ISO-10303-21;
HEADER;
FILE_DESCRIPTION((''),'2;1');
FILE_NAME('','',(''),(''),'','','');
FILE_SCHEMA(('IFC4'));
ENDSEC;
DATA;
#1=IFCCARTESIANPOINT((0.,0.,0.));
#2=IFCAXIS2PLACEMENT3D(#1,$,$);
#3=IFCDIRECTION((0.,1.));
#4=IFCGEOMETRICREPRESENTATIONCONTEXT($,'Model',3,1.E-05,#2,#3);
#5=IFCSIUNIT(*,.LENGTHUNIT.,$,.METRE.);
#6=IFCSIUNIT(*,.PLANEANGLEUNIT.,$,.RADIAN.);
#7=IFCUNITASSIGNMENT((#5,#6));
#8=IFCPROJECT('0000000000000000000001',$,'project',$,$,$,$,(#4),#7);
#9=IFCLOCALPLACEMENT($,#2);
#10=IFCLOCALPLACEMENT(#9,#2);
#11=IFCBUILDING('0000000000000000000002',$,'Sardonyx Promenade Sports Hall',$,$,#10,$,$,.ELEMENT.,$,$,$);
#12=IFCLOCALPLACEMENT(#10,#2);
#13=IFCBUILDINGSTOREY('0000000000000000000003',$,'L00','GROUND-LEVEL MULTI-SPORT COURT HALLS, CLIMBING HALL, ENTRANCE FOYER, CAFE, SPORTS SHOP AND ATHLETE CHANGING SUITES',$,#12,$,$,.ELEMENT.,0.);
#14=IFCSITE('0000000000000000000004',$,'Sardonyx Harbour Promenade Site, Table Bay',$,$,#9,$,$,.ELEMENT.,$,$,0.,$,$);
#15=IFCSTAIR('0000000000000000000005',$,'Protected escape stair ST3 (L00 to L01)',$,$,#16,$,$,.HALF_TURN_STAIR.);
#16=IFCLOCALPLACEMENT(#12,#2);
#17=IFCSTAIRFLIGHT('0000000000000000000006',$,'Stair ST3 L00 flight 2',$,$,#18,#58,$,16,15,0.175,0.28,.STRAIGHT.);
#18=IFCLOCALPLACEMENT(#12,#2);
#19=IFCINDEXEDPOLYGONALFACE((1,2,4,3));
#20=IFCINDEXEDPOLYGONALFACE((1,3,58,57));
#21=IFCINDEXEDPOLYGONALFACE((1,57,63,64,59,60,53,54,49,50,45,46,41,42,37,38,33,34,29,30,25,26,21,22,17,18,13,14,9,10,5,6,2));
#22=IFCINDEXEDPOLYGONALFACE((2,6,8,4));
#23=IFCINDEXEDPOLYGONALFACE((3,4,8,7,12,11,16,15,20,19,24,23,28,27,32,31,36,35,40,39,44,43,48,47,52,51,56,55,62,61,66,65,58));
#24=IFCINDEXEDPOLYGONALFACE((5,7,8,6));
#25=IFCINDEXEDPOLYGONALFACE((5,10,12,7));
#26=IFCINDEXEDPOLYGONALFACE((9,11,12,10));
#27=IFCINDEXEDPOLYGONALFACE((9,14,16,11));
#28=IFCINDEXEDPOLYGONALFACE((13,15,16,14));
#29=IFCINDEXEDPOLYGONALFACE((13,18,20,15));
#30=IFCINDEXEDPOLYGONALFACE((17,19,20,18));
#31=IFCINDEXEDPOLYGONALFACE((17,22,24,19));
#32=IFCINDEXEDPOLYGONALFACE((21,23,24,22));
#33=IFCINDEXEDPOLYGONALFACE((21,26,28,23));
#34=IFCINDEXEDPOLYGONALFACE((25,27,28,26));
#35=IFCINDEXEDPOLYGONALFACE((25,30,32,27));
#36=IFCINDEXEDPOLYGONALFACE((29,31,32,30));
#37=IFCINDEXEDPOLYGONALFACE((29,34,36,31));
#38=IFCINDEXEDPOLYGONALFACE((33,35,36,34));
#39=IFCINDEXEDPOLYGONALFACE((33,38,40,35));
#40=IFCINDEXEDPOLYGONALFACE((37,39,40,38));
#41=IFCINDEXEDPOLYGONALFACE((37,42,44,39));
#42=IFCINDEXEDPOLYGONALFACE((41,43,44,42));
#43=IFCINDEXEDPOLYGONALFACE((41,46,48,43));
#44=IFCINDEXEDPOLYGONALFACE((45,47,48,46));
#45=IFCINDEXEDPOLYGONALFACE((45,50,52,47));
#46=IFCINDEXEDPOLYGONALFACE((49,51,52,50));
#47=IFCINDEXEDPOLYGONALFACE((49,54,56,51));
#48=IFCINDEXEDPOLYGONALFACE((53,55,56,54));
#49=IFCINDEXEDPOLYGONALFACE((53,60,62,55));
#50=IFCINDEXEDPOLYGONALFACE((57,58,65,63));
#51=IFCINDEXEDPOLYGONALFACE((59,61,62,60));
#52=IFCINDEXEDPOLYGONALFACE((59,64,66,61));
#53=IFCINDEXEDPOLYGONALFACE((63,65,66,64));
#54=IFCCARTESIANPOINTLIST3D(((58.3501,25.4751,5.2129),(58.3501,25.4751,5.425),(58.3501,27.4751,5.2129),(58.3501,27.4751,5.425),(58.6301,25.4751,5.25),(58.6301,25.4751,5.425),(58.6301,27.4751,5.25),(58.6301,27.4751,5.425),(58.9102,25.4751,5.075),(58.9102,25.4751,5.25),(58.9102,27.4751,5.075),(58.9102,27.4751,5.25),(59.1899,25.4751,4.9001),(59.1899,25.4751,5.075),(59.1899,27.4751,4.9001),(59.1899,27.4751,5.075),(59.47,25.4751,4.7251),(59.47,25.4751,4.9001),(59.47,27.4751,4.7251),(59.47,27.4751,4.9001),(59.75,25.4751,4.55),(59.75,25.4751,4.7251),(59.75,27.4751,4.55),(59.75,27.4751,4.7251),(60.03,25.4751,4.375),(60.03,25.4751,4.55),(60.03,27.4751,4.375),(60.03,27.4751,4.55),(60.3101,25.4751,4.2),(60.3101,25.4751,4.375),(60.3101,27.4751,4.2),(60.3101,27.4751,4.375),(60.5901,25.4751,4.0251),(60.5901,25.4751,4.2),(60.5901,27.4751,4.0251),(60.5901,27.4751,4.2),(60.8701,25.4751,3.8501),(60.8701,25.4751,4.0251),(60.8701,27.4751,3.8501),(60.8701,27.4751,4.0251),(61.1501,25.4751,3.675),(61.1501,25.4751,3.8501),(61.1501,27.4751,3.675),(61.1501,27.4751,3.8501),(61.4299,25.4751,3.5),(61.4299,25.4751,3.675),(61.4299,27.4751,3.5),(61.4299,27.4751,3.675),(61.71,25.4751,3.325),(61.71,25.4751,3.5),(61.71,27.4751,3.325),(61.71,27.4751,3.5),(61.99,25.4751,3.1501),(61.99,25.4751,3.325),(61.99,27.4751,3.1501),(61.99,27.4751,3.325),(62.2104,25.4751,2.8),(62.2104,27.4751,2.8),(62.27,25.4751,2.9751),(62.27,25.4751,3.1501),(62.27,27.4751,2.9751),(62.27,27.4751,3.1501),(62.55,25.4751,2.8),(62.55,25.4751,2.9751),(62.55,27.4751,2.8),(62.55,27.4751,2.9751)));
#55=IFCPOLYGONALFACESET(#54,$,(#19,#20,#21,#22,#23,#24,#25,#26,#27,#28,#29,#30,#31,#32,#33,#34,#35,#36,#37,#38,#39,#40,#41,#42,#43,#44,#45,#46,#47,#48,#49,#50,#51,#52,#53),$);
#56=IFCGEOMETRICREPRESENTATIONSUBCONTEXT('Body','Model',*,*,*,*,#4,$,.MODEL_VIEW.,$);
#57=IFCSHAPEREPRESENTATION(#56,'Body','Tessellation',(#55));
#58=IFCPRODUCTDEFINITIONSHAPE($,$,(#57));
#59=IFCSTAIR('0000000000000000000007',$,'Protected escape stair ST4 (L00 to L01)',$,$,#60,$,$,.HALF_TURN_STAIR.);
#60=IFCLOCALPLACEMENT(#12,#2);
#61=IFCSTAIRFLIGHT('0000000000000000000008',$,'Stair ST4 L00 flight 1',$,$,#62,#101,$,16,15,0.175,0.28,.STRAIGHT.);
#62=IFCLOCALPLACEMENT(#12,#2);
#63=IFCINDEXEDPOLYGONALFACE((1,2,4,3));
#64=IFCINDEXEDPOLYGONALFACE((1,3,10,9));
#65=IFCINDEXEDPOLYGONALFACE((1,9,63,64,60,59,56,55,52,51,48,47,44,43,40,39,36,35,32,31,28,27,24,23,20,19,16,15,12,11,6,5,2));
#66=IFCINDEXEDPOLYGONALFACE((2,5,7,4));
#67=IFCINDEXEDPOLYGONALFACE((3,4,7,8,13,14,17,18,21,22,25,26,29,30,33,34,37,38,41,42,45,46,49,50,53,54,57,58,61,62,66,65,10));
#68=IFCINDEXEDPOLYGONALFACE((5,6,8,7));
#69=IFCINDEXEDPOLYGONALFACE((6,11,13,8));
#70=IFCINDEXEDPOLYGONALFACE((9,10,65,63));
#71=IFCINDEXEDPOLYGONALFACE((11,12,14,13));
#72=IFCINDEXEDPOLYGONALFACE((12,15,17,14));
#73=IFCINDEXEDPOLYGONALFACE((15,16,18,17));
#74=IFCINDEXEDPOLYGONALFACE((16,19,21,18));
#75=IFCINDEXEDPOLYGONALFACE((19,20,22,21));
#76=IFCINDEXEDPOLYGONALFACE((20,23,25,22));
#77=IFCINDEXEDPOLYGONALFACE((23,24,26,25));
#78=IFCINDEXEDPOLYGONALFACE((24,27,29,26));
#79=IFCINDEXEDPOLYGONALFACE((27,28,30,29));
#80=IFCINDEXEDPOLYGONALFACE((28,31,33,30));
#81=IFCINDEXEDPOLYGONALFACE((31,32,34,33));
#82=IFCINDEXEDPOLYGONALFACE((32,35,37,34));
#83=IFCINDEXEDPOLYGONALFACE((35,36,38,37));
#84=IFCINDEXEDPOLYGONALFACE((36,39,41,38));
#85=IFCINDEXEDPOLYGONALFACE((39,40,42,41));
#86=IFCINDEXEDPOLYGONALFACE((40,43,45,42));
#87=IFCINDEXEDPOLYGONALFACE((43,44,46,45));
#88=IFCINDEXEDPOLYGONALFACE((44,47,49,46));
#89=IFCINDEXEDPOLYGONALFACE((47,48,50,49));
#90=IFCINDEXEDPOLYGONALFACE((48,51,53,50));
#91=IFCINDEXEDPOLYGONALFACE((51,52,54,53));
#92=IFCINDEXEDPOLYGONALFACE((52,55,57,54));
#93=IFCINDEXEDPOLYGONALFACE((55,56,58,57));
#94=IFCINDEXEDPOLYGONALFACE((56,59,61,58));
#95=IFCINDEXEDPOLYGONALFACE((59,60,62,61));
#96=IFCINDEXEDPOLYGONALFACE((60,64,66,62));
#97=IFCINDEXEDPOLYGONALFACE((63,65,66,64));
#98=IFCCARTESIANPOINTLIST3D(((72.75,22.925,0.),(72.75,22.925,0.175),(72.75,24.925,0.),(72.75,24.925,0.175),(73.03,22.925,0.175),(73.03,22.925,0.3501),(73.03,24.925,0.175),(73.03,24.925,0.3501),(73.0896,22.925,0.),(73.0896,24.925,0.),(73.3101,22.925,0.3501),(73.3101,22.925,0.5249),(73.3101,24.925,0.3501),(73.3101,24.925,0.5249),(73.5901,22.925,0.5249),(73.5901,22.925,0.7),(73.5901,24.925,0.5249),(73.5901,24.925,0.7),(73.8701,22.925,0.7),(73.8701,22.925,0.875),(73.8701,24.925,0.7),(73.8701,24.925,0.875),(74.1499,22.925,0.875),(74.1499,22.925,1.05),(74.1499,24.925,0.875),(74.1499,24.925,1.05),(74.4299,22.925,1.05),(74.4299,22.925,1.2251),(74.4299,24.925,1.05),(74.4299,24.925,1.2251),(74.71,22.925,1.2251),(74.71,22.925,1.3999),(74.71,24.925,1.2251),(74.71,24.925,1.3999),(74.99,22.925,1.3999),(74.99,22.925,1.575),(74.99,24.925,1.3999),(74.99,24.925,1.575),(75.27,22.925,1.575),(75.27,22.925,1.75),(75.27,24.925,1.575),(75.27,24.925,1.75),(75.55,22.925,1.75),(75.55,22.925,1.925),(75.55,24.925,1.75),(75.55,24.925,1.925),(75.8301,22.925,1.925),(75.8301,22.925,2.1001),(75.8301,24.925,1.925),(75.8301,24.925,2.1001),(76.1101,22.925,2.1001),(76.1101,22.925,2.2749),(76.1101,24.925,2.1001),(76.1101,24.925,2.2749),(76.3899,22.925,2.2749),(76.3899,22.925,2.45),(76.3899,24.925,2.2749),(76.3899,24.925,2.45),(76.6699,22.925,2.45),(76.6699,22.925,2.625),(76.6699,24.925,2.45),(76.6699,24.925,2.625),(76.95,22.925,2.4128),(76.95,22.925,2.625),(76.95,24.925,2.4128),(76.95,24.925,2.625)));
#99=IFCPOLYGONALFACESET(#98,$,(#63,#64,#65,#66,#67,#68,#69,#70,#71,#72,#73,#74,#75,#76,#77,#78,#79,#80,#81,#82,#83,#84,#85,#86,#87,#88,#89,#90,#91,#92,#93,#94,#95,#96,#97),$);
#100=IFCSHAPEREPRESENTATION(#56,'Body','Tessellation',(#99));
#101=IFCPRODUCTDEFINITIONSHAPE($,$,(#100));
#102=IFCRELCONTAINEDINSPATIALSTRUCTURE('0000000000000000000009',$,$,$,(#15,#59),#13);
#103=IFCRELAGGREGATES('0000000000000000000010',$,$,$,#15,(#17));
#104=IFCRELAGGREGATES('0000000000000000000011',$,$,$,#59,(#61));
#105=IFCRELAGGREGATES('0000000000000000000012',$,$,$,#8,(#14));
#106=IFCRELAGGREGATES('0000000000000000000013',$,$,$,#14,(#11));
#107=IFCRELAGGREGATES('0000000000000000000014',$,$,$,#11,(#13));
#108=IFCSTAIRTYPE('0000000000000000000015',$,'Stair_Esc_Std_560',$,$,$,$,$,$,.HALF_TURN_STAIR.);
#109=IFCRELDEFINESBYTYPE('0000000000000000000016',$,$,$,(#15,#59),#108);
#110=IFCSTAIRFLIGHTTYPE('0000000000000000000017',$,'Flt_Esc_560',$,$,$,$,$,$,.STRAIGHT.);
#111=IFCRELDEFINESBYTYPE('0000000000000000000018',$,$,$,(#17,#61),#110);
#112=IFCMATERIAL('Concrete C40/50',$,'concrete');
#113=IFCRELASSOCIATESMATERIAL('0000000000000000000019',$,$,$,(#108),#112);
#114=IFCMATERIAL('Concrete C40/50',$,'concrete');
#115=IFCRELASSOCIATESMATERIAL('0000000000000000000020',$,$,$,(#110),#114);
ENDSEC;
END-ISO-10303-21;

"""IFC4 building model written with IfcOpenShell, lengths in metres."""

from ifc_helpers import new_model, si_unit, direction, frame, origin, place, context, subcontext, project, spatial, polyline, outline, extrude, material, type_object, element, aggregate, save


model = new_model("IFC4")

# Units and contexts
model_context = context("Model", 3, precision=1e-05, world=origin(), true_north=direction((0.0, 1.0)))
body_context = subcontext(model_context, "Body", "Model", "MODEL_VIEW")
ifc_project = project(units=[si_unit("LENGTHUNIT", "METRE"), si_unit("PLANEANGLEUNIT", "RADIAN")], contexts=[model_context])

# Site, building, storey
site_placement = place(None, origin())
site = spatial("IfcSite", under=ifc_project, at=site_placement, Name="Sardonyx Harbour Promenade Site, Table Bay", CompositionType="ELEMENT", RefElevation=0.0)
building_placement = place(site_placement, origin())
building = spatial("IfcBuilding", under=site, at=building_placement, Name="Sardonyx Promenade Sports Hall", CompositionType="ELEMENT")
storey_placement = place(building_placement, origin())
storey = spatial("IfcBuildingStorey", under=building, at=storey_placement, Name="L00", Description="GROUND-LEVEL MULTI-SPORT COURT HALLS, CLIMBING HALL, ENTRANCE FOYER, CAFE, SPORTS SHOP AND ATHLETE CHANGING SUITES", CompositionType="ELEMENT", Elevation=0.0)

# Stairs, stair flights
ifc_material_1 = material(Name="Concrete C40/50", Category="concrete")
stair_type = type_object("IfcStairType", Name="Stair_Esc_Std_560", PredefinedType="HALF_TURN_STAIR", material=ifc_material_1)
stair_1_placement = place(storey_placement, origin())
stair_1 = element("IfcStair", 1, at=stair_1_placement, inside=storey, type_object=stair_type, Name="Protected escape stair ST3 (L00 to L01)", PredefinedType="HALF_TURN_STAIR")
ifc_material_2 = material(Name="Concrete C40/50", Category="concrete")
stair_flight_type = type_object("IfcStairFlightType", Name="Flt_Esc_560", PredefinedType="STRAIGHT", material=ifc_material_2)
stair_flight_1_placement = place(storey_placement, frame((62.55, 26.4751, 2.8), z_axis=(0.0, 0.0, 1.0), x_axis=(-1.0, 0.0, 0.0)))
stair_flight_1 = element("IfcStairFlight", 2, at=stair_flight_1_placement, type_object=stair_flight_type, Name="Stair ST3 L00 flight 2", NumberOfRisers=16, NumberOfTreads=15, PredefinedType="STRAIGHT", RiserHeight=0.175, TreadLength=0.28, context=body_context, shape_type="SweptSolid", body=[
    extrude(outline(polyline([(0.0, 0.0), (0.0, 0.175), (0.28, 0.175), (0.28, 0.3501), (0.5601, 0.3501), (0.5601, 0.5249), (0.8401, 0.5249), (0.8401, 0.7), (1.1201, 0.7), (1.1201, 0.875), (1.3999, 0.875), (1.3999, 1.05), (1.6799, 1.05), (1.6799, 1.2251), (1.96, 1.2251), (1.96, 1.3999), (2.24, 1.3999), (2.24, 1.575), (2.52, 1.575), (2.52, 1.75), (2.8, 1.75), (2.8, 1.925), (3.0801, 1.925), (3.0801, 2.1001), (3.3601, 2.1001), (3.3601, 2.2749), (3.6399, 2.2749), (3.6399, 2.45), (3.9199, 2.45), (3.9199, 2.625), (4.2, 2.625), (4.2, 2.8), (4.2, 2.4128), (0.3396, 0.0), (0.0, 0.0)])), frame((0.0, 1.0, 0.0), z_axis=(0.0, -1.0, 0.0), x_axis=(1.0, 0.0, 0.0)), (0.0, 0.0, 1.0), 2.0),
])
aggregate(stair_1, [stair_flight_1])
stair_2_placement = place(storey_placement, origin())
stair_2 = element("IfcStair", 3, at=stair_2_placement, inside=storey, type_object=stair_type, Name="Protected escape stair ST4 (L00 to L01)", PredefinedType="HALF_TURN_STAIR")
stair_flight_2_placement = place(storey_placement, frame((72.75, 23.925, 0.0), z_axis=(0.0, 0.0, 1.0), x_axis=(1.0, 0.0, 0.0)))
stair_flight_2 = element("IfcStairFlight", 4, at=stair_flight_2_placement, type_object=stair_flight_type, Name="Stair ST4 L00 flight 1", NumberOfRisers=16, NumberOfTreads=15, PredefinedType="STRAIGHT", RiserHeight=0.175, TreadLength=0.28, context=body_context, shape_type="SweptSolid", body=[
    extrude(outline(polyline([(0.0, 0.0), (0.0, 0.175), (0.28, 0.175), (0.28, 0.3501), (0.5601, 0.3501), (0.5601, 0.5249), (0.8401, 0.5249), (0.8401, 0.7), (1.1201, 0.7), (1.1201, 0.875), (1.3999, 0.875), (1.3999, 1.05), (1.6799, 1.05), (1.6799, 1.2251), (1.96, 1.2251), (1.96, 1.3999), (2.24, 1.3999), (2.24, 1.575), (2.52, 1.575), (2.52, 1.75), (2.8, 1.75), (2.8, 1.925), (3.0801, 1.925), (3.0801, 2.1001), (3.3601, 2.1001), (3.3601, 2.2749), (3.6399, 2.2749), (3.6399, 2.45), (3.9199, 2.45), (3.9199, 2.625), (4.2, 2.625), (4.2, 2.8), (4.2, 2.4128), (0.3396, 0.0), (0.0, 0.0)])), frame((0.0, 1.0, 0.0), z_axis=(0.0, -1.0, 0.0), x_axis=(1.0, 0.0, 0.0)), (0.0, 0.0, 1.0), 2.0),
])
aggregate(stair_2, [stair_flight_2])

save(model, "model.ifc")
